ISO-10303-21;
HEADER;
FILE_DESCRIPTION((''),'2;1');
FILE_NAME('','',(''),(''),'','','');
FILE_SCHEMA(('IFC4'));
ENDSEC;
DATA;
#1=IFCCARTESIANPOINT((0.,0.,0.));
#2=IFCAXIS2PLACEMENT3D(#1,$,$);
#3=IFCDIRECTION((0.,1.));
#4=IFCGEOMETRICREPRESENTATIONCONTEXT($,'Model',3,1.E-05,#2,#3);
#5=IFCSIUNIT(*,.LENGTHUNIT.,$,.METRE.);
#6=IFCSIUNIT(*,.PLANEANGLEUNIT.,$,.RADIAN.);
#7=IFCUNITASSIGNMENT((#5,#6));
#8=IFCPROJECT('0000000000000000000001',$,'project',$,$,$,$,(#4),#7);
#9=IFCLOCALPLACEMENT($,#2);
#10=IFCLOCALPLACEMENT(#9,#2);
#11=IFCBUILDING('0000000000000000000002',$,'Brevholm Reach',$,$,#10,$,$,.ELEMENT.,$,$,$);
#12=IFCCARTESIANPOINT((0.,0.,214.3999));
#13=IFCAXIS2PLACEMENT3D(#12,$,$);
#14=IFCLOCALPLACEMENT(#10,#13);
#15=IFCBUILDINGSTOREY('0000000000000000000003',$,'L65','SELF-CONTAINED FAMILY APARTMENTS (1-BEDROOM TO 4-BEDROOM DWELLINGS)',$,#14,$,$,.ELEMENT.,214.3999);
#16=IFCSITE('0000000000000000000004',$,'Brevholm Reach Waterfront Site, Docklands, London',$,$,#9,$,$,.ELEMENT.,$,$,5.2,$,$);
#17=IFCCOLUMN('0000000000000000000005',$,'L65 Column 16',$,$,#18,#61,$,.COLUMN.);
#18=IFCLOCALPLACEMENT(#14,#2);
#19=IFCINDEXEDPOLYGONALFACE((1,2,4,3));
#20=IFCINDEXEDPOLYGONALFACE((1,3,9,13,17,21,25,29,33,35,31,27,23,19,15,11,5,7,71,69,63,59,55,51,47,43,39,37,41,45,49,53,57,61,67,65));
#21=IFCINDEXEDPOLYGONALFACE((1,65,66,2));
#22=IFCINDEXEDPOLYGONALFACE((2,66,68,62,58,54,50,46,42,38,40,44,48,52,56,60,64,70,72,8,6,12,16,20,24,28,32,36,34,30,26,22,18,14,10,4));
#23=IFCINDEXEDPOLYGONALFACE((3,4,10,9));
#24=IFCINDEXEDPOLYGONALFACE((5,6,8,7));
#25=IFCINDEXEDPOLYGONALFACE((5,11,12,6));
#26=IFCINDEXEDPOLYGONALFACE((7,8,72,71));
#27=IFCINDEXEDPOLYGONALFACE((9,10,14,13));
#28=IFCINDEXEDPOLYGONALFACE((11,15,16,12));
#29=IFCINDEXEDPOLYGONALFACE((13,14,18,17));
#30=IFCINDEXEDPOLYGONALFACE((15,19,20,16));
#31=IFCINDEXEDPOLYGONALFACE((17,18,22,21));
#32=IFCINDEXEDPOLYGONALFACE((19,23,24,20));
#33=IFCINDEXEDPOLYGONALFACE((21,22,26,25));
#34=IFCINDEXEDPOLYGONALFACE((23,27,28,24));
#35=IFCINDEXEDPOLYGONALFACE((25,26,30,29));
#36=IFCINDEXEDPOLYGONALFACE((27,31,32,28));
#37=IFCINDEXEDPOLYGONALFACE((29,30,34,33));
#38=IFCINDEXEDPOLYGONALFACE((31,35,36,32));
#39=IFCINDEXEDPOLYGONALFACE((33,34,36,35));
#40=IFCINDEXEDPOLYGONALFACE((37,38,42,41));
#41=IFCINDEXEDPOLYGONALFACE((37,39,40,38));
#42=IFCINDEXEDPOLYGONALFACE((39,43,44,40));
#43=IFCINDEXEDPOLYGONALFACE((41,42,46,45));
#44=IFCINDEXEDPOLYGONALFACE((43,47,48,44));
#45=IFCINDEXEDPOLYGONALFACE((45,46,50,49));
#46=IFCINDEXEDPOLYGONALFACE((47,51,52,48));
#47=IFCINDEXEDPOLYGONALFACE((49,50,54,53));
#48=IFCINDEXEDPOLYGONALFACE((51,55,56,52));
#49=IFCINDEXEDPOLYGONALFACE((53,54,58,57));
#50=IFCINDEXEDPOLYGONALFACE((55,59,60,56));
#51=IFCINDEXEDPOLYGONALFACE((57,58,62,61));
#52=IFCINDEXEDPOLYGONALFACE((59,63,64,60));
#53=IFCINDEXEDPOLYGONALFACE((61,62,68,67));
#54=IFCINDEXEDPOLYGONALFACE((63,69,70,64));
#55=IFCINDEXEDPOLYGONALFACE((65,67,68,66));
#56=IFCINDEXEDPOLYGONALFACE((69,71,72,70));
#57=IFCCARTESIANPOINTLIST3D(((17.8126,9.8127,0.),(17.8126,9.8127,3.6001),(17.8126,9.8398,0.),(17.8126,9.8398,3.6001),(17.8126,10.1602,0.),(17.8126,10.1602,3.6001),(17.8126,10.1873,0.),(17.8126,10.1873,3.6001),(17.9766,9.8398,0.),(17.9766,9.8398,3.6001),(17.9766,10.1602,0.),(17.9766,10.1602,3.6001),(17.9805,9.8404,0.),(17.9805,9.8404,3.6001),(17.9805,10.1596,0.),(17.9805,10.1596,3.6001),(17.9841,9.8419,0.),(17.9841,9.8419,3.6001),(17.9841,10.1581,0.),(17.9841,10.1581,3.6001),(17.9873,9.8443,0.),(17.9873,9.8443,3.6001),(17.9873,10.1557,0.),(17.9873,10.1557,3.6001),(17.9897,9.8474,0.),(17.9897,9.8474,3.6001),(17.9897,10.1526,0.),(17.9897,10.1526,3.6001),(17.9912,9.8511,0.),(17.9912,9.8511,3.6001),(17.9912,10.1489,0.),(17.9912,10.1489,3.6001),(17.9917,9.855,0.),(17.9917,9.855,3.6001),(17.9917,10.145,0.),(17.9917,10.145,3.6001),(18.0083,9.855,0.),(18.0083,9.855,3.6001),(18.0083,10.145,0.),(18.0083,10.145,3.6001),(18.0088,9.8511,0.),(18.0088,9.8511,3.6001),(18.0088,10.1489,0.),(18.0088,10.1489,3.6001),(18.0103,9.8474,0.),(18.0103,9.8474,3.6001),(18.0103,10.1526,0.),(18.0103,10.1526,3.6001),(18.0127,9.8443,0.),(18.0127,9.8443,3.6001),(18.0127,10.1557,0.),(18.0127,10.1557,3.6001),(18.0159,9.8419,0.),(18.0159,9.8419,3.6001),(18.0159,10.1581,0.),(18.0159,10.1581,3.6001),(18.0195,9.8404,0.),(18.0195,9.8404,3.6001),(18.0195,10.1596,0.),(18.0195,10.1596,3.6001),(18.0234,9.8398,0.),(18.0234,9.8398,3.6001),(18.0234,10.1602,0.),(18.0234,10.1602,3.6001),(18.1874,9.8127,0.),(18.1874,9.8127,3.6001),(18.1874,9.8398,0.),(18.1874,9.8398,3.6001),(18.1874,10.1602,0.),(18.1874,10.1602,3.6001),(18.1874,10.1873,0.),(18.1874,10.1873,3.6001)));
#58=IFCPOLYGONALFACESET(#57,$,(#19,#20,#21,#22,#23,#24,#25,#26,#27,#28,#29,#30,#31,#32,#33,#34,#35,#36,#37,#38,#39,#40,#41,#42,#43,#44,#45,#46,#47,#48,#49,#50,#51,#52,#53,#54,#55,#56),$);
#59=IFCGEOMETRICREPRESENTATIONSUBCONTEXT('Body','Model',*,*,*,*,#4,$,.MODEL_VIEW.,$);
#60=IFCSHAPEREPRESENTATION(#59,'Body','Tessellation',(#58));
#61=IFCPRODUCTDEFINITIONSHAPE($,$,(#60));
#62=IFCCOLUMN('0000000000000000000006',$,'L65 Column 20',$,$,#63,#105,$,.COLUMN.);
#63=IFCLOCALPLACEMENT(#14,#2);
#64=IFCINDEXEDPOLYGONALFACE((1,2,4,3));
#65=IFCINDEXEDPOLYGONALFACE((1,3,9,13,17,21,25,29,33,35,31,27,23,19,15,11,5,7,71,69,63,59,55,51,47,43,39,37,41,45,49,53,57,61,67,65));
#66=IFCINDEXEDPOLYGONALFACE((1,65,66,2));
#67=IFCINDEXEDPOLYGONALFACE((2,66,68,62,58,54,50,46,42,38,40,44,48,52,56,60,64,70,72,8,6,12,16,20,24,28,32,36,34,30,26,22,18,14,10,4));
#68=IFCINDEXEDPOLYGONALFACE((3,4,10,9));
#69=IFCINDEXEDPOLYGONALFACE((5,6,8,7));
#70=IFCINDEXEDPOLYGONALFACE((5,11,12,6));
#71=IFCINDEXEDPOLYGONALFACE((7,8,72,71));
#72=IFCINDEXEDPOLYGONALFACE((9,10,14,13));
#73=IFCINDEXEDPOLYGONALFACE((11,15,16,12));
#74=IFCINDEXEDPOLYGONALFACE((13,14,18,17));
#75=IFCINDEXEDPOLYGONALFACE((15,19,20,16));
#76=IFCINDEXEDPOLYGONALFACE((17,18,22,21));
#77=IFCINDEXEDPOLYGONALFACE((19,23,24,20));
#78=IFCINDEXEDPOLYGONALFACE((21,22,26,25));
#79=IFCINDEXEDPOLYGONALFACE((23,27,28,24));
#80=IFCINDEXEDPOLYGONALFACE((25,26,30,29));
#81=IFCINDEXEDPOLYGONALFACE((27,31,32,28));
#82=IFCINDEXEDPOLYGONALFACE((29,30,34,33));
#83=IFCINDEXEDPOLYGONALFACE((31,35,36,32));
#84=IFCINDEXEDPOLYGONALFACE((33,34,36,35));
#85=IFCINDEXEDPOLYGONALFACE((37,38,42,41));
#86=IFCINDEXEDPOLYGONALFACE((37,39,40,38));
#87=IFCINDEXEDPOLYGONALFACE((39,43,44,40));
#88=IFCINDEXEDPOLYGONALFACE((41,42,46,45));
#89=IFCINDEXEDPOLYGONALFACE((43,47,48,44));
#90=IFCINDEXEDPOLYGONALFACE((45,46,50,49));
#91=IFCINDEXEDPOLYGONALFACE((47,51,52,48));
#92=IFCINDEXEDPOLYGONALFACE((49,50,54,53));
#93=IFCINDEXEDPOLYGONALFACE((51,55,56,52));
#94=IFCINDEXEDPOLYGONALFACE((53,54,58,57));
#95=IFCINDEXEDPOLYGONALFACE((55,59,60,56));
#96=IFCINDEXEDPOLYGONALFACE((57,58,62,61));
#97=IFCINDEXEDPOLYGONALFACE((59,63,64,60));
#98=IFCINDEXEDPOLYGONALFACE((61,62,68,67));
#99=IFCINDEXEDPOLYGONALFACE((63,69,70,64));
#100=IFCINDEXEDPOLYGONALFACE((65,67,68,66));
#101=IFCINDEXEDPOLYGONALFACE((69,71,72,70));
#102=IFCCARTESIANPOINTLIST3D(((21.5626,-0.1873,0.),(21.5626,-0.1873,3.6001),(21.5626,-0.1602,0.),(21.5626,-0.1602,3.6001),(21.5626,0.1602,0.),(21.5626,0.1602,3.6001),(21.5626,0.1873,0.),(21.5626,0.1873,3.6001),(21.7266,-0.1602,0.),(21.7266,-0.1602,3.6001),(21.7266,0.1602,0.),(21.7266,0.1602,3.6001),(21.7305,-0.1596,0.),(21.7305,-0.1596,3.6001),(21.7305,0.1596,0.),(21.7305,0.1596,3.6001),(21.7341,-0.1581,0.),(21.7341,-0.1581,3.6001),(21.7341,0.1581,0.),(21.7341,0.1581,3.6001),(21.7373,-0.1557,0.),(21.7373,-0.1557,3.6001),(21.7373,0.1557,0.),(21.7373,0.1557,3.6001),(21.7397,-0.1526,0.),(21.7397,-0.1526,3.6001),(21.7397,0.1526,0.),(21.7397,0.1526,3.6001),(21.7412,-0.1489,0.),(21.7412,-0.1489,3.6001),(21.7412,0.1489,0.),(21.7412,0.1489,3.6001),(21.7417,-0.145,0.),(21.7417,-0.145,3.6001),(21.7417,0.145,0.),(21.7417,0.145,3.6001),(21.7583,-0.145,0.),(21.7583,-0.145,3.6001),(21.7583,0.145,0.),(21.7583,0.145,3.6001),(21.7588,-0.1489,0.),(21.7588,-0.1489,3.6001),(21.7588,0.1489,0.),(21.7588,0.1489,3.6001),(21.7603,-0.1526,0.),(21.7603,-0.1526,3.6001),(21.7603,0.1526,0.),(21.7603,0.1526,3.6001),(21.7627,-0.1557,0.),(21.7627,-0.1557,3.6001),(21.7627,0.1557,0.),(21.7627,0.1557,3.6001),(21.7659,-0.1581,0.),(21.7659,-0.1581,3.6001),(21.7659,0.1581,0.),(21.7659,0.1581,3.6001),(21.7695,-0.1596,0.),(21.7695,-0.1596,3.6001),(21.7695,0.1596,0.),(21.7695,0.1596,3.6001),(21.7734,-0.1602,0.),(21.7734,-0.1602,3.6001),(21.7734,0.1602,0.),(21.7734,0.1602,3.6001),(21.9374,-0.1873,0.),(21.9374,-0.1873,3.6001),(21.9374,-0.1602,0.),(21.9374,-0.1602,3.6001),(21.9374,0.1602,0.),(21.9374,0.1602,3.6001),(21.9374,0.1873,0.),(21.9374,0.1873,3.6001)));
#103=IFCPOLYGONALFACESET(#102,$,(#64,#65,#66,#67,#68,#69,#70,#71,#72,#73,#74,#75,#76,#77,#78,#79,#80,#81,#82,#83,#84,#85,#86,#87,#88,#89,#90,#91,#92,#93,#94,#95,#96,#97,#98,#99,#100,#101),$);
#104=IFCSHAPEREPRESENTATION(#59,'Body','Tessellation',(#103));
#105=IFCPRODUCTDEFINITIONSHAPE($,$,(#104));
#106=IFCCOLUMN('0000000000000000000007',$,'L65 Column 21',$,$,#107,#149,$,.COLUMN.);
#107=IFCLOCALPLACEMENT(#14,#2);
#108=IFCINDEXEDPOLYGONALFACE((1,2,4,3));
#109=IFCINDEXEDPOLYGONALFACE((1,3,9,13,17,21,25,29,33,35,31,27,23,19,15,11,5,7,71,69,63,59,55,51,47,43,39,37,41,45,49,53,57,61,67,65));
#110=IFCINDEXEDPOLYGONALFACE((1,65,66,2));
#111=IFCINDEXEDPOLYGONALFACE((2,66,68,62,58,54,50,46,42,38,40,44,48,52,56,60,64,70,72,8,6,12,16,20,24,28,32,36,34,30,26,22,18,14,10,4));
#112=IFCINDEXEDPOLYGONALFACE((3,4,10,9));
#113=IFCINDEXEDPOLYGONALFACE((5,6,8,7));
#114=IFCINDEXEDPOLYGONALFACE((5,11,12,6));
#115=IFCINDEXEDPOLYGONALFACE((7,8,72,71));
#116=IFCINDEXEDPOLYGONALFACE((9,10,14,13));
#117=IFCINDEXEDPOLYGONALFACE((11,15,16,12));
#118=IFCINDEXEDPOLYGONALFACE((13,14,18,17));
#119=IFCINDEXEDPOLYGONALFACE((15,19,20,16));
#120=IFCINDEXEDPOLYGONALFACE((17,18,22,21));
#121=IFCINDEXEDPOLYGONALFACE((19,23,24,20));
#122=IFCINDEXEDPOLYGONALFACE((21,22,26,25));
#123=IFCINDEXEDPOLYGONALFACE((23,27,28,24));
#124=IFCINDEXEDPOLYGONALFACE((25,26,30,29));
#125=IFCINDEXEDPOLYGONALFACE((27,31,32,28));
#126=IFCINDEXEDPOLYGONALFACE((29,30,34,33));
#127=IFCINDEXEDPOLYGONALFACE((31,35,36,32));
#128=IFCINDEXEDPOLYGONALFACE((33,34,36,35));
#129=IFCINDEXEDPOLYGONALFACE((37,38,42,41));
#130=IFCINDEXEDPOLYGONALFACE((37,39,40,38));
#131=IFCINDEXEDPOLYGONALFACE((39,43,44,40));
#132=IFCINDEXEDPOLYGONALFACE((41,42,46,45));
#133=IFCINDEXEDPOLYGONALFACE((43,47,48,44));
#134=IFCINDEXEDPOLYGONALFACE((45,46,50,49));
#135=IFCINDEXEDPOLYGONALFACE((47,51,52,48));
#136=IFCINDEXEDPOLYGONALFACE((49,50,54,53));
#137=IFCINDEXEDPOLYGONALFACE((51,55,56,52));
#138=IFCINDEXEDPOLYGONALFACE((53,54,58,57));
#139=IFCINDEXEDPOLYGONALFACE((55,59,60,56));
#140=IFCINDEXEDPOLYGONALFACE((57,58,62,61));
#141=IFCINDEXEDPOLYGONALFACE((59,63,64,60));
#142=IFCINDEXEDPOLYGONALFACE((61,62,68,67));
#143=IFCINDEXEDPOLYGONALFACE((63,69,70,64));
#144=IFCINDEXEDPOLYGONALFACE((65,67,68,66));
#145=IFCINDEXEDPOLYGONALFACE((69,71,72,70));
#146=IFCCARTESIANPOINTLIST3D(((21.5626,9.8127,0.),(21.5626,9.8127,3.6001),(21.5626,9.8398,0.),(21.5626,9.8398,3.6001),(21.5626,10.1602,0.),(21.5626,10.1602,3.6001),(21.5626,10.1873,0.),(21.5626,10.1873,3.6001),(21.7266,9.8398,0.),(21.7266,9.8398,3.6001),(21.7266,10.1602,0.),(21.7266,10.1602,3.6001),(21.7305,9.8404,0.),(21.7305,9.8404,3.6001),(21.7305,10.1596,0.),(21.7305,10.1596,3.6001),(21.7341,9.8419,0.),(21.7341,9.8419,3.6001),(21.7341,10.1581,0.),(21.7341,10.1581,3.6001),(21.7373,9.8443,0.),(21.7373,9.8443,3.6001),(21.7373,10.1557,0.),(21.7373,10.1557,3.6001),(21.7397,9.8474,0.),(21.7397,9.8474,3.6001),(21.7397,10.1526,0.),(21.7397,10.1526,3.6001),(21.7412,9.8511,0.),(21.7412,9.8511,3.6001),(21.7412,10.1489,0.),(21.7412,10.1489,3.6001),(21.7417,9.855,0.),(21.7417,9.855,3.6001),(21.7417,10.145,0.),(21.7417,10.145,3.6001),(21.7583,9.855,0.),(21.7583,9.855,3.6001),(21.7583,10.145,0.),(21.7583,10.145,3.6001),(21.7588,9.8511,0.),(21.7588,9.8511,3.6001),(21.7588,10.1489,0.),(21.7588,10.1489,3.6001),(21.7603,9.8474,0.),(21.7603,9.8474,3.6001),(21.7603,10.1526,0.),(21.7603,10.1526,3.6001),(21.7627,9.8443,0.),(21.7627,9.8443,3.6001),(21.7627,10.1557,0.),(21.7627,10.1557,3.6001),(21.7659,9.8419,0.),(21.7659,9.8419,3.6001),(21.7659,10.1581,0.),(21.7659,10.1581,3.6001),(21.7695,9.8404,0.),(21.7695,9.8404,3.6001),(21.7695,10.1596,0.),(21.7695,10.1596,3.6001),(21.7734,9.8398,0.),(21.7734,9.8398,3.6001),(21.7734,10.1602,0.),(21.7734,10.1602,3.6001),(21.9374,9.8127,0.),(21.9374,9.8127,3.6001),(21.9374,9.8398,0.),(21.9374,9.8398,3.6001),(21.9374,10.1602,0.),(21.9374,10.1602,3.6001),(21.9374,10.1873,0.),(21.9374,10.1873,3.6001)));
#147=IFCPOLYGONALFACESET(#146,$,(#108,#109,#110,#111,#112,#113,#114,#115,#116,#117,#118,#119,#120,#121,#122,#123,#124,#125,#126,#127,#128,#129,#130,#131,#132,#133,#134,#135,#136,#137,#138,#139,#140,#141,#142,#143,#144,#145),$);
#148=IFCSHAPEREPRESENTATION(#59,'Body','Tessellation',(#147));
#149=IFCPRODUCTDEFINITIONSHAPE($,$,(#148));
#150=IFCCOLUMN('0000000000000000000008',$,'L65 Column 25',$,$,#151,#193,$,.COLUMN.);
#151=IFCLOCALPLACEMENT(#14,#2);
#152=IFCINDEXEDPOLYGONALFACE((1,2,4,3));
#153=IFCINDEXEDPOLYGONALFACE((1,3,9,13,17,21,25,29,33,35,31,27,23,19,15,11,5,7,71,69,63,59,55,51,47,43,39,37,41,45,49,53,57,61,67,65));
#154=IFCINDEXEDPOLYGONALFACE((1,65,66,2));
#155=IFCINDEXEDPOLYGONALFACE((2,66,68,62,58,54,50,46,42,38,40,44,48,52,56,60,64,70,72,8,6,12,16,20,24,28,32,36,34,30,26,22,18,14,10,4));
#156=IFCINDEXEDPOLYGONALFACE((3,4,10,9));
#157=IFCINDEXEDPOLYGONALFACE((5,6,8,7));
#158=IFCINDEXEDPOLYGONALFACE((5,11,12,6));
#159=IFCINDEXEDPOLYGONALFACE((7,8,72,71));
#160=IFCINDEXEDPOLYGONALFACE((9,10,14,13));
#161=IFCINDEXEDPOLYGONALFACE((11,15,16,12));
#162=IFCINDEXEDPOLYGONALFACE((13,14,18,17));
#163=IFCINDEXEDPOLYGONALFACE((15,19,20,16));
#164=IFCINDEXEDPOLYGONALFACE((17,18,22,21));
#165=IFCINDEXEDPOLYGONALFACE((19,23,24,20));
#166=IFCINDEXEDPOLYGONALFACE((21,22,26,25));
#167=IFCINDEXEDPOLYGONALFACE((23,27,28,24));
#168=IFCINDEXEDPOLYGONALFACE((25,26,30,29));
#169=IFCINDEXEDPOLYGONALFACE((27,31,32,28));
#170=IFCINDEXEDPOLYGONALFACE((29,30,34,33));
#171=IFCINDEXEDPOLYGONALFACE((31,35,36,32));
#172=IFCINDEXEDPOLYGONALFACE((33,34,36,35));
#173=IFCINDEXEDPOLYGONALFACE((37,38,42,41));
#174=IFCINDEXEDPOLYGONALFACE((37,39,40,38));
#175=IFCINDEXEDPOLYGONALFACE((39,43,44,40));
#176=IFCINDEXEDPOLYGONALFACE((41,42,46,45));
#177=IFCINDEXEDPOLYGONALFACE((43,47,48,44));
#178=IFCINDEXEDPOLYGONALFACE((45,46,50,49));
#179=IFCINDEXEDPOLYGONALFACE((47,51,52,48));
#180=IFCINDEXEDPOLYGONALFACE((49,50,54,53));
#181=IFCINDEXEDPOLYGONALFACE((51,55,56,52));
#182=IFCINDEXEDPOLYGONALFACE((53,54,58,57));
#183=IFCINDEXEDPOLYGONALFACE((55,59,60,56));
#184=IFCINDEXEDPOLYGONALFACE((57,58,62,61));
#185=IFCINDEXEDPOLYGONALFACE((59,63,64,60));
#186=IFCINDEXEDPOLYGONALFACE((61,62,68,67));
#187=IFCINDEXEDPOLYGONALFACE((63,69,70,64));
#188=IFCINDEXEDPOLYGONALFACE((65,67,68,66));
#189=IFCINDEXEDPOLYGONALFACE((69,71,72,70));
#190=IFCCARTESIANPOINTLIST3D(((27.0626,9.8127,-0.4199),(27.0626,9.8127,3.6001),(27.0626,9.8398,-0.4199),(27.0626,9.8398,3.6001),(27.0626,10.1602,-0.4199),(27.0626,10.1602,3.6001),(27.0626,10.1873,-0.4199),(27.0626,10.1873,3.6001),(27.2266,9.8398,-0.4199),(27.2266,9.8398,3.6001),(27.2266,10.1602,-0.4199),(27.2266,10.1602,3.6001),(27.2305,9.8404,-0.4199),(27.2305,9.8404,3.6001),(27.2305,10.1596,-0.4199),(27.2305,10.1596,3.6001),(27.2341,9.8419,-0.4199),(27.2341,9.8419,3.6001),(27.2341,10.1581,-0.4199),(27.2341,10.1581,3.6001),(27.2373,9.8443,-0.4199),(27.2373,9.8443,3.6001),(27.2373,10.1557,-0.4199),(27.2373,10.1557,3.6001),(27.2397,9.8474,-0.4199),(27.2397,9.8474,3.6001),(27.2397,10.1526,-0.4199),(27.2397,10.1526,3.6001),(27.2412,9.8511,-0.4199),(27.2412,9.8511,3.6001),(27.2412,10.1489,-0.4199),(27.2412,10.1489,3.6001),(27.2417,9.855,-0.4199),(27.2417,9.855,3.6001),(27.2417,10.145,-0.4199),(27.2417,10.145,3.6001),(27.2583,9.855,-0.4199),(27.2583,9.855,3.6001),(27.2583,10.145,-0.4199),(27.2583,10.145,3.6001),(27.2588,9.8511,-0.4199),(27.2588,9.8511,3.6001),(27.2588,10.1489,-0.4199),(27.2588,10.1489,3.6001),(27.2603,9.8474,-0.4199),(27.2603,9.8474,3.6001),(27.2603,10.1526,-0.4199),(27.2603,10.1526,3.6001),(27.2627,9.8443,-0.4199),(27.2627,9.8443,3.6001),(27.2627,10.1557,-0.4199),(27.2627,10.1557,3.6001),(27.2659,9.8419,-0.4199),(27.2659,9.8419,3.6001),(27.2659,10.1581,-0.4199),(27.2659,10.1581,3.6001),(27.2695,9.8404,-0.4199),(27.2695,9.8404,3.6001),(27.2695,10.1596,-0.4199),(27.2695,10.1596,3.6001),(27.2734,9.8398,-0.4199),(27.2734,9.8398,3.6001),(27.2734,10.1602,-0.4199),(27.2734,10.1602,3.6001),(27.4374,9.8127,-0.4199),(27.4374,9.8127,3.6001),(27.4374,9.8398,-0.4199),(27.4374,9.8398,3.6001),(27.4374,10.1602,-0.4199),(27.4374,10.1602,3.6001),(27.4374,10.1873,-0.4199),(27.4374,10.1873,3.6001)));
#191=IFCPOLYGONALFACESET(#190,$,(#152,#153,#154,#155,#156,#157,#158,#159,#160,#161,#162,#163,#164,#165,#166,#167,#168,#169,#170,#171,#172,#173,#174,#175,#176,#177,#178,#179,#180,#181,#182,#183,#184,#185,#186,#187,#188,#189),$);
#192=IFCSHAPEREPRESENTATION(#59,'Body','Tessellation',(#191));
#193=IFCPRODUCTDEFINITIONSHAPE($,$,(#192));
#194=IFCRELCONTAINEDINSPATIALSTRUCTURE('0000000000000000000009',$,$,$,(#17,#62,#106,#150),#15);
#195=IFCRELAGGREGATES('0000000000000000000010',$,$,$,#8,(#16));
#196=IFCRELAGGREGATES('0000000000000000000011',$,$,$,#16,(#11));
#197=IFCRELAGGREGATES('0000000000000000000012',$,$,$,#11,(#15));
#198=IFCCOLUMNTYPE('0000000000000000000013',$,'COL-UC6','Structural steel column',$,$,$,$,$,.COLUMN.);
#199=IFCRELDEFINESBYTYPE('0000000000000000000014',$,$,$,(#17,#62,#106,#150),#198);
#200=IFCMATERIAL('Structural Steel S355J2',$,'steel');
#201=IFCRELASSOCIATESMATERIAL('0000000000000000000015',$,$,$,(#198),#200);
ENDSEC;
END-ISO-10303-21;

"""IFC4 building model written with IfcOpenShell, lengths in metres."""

from ifc_helpers import new_model, si_unit, direction, frame, origin, origin_2d, place, context, subcontext, project, spatial, i_section, extrude, material, material_profile, profile_set, type_object, element, save


model = new_model("IFC4")

# Units and contexts
model_context = context("Model", 3, precision=1e-05, world=origin(), true_north=direction((0.0, 1.0)))
body_context = subcontext(model_context, "Body", "Model", "MODEL_VIEW")
ifc_project = project(units=[si_unit("LENGTHUNIT", "METRE"), si_unit("PLANEANGLEUNIT", "RADIAN")], contexts=[model_context])

# Site, building, storey
site_placement = place(None, origin())
site = spatial("IfcSite", under=ifc_project, at=site_placement, Name="Brevholm Reach Waterfront Site, Docklands, London", CompositionType="ELEMENT", RefElevation=5.2)
building_placement = place(site_placement, origin())
building = spatial("IfcBuilding", under=site, at=building_placement, Name="Brevholm Reach", CompositionType="ELEMENT")
storey_placement = place(building_placement, frame((0.0, 0.0, 214.3999)))
storey = spatial("IfcBuildingStorey", under=building, at=storey_placement, Name="L65", Description="SELF-CONTAINED FAMILY APARTMENTS (1-BEDROOM TO 4-BEDROOM DWELLINGS)", CompositionType="ELEMENT", Elevation=214.3999)

# Columns
ifc_material_1 = material(Name="Structural Steel S355J2", Category="steel")
ifc_material_profile_1 = material_profile(ifc_material_1, i_section(OverallWidth=0.3748, OverallDepth=0.3745, WebThickness=0.0166, FlangeThickness=0.0271, FilletRadius=0.0151, at=origin_2d()), Name="UKC 356x368x202")
ifc_profile_set_1 = profile_set([ifc_material_profile_1], Name="Structural Steel S355J2")
column_type = type_object("IfcColumnType", Name="COL-UC6", Description="Structural steel column", PredefinedType="COLUMN", material=ifc_profile_set_1)
for number, where, z_axis, x_axis, name in (
    (1, (18.0, 10.0, 0.0), (0.0, 0.0, 1.0), (1.0, 0.0, 0.0), "L65 Column 16"),
    (2, (21.75, 0.0, 0.0), (0.0, 0.0, 1.0), (1.0, 0.0, 0.0), "L65 Column 20"),
    (3, (21.75, 10.0, 0.0), (0.0, 0.0, 1.0), (1.0, 0.0, 0.0), "L65 Column 21"),
):
    element("IfcColumn", number, at=place(storey_placement, frame(where, z_axis=z_axis, x_axis=x_axis)), inside=storey, type_object=column_type, Name=name, PredefinedType="COLUMN", context=body_context, shape_type="SweptSolid", body=[
        extrude(i_section(OverallWidth=0.3748, OverallDepth=0.3745, WebThickness=0.0166, FlangeThickness=0.0271, FilletRadius=0.0151, at=origin_2d()), origin(), (0.0, 0.0, 1.0), 3.6001),
    ])
column_placement = place(storey_placement, frame((27.25, 10.0, -0.4199), z_axis=(0.0, 0.0, 1.0), x_axis=(1.0, 0.0, 0.0)))
element("IfcColumn", 4, at=column_placement, inside=storey, type_object=column_type, Name="L65 Column 25", PredefinedType="COLUMN", context=body_context, shape_type="SweptSolid", body=[
    extrude(i_section(OverallWidth=0.3748, OverallDepth=0.3745, WebThickness=0.0166, FlangeThickness=0.0271, FilletRadius=0.0151, at=origin_2d()), origin(), (0.0, 0.0, 1.0), 4.02),
])

save(model, "model.ifc")
